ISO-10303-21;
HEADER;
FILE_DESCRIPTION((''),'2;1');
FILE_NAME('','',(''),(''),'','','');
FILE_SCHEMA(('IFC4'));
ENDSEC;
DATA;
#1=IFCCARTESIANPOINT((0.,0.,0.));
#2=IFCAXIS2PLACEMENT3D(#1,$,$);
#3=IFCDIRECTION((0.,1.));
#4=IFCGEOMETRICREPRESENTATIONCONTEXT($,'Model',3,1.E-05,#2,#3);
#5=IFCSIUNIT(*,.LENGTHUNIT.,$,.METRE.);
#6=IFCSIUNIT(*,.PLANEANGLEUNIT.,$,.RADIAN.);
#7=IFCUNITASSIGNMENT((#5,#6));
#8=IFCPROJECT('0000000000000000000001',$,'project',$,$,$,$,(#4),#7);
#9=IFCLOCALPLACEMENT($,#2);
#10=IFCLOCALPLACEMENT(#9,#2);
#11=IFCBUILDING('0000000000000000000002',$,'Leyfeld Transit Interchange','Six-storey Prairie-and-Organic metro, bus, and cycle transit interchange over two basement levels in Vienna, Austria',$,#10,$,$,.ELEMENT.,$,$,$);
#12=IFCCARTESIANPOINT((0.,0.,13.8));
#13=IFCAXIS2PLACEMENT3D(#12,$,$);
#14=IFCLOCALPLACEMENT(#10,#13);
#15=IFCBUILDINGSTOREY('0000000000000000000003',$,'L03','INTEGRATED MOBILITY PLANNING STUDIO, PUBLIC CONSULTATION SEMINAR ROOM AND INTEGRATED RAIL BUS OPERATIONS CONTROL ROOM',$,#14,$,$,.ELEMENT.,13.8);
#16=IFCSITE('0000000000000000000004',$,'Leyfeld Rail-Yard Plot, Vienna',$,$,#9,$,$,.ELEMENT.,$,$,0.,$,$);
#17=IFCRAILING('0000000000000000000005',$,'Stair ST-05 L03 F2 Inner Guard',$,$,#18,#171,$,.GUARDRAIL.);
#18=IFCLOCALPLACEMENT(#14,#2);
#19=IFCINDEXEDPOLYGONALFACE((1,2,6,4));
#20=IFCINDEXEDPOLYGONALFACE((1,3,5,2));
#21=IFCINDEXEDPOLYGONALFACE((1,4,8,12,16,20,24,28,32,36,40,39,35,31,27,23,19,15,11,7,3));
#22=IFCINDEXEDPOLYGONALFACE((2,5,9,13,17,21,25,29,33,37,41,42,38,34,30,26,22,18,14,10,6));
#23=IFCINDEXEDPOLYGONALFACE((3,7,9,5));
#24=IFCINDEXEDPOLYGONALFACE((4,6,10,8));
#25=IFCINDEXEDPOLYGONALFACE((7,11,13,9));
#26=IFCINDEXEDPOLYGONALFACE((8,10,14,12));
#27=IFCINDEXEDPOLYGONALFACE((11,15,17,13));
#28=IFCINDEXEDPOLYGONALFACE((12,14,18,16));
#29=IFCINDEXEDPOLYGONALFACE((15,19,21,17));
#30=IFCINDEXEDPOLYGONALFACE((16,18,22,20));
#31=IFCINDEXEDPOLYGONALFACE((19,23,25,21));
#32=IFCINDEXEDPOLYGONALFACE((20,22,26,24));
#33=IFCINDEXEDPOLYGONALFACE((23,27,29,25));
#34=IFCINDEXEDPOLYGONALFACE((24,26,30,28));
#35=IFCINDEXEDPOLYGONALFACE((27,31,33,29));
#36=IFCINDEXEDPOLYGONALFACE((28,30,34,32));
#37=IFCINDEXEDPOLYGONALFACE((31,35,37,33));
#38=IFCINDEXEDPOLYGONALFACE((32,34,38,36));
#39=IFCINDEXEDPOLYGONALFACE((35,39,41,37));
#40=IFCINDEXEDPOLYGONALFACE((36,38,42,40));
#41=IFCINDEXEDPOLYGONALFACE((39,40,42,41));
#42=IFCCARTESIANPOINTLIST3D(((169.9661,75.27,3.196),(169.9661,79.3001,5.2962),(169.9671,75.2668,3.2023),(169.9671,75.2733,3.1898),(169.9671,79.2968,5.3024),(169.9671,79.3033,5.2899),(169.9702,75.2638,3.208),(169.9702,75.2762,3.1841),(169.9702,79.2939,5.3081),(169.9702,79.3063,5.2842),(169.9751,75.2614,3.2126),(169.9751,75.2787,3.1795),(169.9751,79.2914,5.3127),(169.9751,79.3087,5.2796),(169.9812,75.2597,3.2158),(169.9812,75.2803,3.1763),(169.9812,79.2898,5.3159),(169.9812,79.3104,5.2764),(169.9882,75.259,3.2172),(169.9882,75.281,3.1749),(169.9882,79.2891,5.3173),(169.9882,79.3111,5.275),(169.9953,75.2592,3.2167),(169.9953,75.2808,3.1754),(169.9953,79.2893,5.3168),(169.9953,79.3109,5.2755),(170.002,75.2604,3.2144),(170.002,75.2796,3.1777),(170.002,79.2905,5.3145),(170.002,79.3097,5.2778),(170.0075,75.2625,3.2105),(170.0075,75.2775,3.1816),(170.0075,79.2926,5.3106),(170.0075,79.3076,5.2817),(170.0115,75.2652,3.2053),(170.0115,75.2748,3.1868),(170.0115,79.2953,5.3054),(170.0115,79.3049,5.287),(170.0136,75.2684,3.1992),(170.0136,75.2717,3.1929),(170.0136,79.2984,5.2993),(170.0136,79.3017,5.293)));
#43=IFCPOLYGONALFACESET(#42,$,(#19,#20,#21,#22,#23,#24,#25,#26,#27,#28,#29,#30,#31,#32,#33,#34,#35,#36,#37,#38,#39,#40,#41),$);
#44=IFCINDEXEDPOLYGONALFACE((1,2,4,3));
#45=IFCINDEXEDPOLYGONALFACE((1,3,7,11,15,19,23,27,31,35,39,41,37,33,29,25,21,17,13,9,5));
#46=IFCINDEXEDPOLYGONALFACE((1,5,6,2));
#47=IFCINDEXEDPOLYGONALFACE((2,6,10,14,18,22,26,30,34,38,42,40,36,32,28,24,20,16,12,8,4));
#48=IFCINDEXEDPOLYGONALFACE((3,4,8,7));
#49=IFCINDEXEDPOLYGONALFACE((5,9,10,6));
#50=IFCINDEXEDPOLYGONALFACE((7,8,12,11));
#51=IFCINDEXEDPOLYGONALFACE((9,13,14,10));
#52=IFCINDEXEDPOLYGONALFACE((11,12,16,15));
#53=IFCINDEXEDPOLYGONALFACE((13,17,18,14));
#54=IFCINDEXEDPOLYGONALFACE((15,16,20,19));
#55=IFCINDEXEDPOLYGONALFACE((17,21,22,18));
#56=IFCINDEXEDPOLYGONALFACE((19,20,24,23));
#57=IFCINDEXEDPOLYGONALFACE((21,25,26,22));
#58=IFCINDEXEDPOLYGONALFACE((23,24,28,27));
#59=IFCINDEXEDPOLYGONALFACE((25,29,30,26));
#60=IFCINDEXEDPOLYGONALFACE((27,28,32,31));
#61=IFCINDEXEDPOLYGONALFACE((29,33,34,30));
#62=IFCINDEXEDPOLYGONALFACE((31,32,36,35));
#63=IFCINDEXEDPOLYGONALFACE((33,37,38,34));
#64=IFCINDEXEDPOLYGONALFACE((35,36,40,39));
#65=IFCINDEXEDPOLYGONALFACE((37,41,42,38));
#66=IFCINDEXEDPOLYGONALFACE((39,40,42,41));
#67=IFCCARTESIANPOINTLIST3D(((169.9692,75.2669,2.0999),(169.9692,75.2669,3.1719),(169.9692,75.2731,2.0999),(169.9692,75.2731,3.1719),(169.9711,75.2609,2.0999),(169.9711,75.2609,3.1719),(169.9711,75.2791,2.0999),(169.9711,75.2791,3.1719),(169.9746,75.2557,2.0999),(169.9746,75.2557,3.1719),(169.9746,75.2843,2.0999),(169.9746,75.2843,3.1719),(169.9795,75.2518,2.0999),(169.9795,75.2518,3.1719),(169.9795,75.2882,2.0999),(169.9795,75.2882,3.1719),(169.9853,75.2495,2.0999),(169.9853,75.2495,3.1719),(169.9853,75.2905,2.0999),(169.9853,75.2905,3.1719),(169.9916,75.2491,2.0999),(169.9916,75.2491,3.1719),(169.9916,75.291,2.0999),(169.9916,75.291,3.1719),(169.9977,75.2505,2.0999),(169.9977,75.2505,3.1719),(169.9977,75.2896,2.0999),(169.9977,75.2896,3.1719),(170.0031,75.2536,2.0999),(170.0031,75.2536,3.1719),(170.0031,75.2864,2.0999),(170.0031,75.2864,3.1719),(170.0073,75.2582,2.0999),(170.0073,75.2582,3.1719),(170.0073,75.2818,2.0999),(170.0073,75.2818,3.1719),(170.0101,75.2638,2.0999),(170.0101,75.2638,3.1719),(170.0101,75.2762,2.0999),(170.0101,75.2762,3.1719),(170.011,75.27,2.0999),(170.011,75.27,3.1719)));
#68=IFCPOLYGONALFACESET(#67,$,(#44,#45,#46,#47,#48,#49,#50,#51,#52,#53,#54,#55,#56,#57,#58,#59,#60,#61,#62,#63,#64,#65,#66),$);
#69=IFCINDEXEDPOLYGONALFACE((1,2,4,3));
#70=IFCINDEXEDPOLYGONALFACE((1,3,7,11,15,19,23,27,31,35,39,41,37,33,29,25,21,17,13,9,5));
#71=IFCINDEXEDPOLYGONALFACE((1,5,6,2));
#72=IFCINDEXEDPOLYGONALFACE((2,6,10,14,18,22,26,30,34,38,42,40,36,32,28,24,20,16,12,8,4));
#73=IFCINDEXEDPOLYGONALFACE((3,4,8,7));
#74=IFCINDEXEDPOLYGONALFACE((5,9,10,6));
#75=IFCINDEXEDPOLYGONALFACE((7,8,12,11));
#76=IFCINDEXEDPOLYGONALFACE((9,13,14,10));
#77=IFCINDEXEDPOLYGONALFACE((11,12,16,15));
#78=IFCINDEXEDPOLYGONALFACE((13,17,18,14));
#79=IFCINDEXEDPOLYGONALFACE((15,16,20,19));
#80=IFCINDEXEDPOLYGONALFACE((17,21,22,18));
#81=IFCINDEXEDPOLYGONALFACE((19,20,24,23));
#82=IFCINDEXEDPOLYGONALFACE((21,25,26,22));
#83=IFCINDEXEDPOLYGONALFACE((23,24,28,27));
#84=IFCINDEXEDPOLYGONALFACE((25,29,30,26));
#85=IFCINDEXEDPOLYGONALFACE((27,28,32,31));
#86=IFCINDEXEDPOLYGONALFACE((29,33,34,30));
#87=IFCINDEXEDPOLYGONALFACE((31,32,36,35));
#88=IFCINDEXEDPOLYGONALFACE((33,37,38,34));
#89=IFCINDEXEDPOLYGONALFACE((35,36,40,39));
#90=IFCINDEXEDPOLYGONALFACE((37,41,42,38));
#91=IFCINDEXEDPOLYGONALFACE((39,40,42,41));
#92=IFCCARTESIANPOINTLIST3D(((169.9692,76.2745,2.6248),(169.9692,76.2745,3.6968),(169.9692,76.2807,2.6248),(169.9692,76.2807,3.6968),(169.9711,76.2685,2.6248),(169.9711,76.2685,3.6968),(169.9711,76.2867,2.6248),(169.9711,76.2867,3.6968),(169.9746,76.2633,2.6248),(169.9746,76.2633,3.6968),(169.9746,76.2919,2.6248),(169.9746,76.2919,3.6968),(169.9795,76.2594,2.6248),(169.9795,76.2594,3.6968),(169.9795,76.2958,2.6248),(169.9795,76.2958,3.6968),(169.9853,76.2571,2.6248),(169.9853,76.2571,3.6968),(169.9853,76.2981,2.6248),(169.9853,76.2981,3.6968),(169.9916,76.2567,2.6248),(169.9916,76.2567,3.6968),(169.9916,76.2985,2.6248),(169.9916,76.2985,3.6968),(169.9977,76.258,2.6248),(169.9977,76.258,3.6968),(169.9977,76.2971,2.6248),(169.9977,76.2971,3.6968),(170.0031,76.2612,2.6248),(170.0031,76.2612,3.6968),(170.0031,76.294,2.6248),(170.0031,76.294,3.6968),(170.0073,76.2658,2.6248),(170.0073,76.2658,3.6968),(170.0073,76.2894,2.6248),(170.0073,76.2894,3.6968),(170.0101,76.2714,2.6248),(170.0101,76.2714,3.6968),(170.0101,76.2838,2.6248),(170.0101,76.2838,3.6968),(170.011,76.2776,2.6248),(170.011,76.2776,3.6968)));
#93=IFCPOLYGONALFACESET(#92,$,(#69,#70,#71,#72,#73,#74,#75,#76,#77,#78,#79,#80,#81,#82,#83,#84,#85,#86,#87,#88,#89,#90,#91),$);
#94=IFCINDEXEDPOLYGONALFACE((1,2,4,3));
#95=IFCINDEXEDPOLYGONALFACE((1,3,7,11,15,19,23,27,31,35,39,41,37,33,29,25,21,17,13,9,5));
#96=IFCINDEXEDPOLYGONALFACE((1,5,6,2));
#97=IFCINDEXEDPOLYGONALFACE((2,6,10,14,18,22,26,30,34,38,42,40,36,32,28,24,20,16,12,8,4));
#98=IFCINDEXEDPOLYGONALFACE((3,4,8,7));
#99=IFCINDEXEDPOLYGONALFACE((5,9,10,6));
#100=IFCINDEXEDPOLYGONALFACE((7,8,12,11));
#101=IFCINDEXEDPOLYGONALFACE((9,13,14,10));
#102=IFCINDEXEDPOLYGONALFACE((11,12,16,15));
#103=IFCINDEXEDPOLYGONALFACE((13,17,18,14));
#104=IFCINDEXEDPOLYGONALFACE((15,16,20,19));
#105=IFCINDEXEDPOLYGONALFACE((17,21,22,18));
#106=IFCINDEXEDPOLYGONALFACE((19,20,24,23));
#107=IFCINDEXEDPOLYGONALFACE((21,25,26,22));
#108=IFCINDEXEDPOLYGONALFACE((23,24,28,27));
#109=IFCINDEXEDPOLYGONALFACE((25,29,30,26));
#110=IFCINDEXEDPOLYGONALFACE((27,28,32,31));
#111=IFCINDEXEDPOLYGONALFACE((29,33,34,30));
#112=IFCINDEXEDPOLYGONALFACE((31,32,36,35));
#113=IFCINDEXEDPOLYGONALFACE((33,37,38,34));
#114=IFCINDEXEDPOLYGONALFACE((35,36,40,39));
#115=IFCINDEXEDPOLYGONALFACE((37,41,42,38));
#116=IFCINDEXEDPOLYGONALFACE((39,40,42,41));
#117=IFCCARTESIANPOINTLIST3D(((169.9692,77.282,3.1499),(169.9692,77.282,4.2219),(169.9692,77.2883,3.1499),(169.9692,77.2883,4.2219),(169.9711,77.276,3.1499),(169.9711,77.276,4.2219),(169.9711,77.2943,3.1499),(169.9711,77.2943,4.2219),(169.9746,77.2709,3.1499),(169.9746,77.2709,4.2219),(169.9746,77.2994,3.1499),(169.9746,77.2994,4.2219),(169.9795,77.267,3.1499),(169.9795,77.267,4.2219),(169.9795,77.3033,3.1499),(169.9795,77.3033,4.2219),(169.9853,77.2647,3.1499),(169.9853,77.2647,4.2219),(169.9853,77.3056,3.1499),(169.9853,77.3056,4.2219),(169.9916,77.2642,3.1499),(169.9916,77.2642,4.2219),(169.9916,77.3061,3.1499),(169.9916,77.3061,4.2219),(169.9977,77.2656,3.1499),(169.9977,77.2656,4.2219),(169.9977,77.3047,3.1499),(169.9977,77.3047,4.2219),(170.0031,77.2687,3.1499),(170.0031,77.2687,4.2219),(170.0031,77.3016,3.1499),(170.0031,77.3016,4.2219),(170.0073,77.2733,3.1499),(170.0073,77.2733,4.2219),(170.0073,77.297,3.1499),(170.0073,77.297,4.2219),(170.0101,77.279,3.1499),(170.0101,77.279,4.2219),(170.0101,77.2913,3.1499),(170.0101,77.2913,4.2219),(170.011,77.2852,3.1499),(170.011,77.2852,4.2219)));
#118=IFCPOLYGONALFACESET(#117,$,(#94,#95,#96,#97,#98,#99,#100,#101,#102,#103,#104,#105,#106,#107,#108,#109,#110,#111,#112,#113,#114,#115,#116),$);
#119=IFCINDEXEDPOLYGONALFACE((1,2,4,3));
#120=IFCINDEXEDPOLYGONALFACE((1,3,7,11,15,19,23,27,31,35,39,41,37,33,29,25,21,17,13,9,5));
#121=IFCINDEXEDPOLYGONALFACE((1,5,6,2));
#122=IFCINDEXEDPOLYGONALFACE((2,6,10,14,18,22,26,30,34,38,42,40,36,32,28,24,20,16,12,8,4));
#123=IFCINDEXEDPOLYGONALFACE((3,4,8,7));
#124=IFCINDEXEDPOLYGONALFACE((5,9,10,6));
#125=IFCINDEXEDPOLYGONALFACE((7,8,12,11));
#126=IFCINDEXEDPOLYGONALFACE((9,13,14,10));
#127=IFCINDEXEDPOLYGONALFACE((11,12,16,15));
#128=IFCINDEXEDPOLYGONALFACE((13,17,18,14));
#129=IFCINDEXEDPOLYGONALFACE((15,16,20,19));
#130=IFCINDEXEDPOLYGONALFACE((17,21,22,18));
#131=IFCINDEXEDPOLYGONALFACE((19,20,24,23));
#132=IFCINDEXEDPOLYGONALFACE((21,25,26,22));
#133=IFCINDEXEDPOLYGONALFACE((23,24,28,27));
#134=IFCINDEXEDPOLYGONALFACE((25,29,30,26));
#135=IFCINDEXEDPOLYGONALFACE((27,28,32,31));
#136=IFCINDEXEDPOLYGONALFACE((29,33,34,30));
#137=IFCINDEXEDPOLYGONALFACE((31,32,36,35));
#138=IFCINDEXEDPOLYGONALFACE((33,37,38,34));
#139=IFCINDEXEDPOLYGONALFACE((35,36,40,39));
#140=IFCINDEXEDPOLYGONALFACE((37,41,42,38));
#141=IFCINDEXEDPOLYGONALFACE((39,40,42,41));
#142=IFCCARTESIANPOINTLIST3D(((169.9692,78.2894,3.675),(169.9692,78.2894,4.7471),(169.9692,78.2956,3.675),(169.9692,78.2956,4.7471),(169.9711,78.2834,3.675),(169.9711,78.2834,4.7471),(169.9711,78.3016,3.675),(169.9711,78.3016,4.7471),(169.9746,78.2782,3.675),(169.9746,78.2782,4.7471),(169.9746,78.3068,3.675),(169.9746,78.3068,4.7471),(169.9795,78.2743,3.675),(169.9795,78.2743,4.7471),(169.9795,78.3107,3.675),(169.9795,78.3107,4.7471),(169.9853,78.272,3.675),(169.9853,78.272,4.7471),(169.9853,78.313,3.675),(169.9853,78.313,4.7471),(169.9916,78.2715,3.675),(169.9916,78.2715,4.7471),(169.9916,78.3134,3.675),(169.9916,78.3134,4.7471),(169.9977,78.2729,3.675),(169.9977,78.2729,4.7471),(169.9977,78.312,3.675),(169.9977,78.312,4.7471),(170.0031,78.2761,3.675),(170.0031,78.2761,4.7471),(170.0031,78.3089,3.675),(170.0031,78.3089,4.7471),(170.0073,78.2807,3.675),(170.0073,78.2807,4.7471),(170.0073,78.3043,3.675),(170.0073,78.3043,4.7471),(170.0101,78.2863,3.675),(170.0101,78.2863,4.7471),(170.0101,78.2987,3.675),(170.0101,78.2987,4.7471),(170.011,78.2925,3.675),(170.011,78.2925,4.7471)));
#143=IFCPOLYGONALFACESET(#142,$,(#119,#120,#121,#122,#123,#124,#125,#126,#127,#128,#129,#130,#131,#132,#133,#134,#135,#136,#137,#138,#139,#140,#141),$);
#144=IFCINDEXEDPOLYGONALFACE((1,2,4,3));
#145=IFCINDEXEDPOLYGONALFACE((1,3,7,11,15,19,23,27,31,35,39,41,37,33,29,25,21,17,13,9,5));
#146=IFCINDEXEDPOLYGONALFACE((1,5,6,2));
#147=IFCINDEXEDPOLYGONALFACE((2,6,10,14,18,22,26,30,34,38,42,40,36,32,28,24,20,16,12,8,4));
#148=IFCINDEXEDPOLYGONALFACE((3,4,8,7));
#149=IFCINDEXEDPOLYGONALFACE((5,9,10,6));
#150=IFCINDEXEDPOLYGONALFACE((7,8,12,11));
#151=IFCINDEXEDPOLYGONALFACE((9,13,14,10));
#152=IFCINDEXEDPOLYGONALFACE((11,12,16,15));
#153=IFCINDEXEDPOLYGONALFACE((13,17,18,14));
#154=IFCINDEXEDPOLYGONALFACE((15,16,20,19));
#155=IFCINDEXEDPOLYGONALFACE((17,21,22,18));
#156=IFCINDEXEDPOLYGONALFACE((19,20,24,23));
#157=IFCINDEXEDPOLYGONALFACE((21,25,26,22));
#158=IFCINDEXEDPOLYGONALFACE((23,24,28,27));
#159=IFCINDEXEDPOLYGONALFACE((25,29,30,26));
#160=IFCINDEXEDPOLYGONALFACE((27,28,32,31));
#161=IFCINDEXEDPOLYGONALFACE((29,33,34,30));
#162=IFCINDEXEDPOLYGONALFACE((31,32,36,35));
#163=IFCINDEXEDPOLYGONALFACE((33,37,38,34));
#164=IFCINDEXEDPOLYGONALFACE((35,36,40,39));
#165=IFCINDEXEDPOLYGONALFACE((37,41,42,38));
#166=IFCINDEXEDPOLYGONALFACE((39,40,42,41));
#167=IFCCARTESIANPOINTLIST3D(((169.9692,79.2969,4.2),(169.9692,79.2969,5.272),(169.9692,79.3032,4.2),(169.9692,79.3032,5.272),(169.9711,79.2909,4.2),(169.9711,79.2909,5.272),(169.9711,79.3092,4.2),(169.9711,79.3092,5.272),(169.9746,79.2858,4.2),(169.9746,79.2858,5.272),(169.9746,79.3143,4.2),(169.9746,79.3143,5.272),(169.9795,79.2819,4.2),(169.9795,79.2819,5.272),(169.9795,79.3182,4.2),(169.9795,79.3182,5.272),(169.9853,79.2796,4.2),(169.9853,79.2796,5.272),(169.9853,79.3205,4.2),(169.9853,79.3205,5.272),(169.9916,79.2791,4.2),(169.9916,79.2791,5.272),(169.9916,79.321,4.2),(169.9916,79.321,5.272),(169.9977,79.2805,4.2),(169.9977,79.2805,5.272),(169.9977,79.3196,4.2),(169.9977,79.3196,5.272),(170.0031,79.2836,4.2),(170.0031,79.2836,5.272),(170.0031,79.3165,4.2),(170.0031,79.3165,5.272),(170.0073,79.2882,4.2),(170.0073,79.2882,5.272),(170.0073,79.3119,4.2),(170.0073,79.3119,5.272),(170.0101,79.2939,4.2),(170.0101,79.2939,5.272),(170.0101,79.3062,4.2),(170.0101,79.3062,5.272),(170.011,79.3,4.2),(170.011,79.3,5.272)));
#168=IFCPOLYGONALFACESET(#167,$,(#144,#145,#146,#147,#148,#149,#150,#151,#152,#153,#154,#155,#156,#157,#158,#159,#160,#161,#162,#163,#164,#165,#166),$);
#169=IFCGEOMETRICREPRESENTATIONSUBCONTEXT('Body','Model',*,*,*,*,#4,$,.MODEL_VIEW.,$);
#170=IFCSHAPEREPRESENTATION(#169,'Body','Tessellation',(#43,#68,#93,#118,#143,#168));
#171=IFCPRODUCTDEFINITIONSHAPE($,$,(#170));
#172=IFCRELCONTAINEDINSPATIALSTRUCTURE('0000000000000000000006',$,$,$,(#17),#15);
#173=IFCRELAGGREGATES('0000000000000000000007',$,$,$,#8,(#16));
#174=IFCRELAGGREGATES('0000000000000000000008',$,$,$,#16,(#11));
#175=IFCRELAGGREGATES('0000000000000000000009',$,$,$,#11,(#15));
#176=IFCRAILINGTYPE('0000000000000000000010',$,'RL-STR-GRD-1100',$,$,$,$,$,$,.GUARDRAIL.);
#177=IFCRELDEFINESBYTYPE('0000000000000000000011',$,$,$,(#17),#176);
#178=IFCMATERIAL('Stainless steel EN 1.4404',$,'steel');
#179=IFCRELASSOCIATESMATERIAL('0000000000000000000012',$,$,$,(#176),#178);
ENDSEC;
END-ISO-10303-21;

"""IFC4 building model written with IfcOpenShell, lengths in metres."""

from ifc_helpers import new_model, si_unit, direction, frame, origin, origin_2d, place, context, subcontext, project, spatial, circle, extrude, material, type_object, element, save


model = new_model("IFC4")

# Units and contexts
model_context = context("Model", 3, precision=1e-05, world=origin(), true_north=direction((0.0, 1.0)))
body_context = subcontext(model_context, "Body", "Model", "MODEL_VIEW")
ifc_project = project(units=[si_unit("LENGTHUNIT", "METRE"), si_unit("PLANEANGLEUNIT", "RADIAN")], contexts=[model_context])

# Site, building, storey
site_placement = place(None, origin())
site = spatial("IfcSite", under=ifc_project, at=site_placement, Name="Leyfeld Rail-Yard Plot, Vienna", CompositionType="ELEMENT", RefElevation=0.0)
building_placement = place(site_placement, origin())
building = spatial("IfcBuilding", under=site, at=building_placement, Name="Leyfeld Transit Interchange", Description="Six-storey Prairie-and-Organic metro, bus, and cycle transit interchange over two basement levels in Vienna, Austria", CompositionType="ELEMENT")
storey_placement = place(building_placement, frame((0.0, 0.0, 13.8)))
storey = spatial("IfcBuildingStorey", under=building, at=storey_placement, Name="L03", Description="INTEGRATED MOBILITY PLANNING STUDIO, PUBLIC CONSULTATION SEMINAR ROOM AND INTEGRATED RAIL BUS OPERATIONS CONTROL ROOM", CompositionType="ELEMENT", Elevation=13.8)

# Railing
ifc_material_1 = material(Name="Stainless steel EN 1.4404", Category="steel")
railing_type_1 = type_object("IfcRailingType", Name="RL-STR-GRD-1100", PredefinedType="GUARDRAIL", material=ifc_material_1)
for number, where, name in (
    (1, (169.99, 75.27, 2.0999), "Stair ST-05 L03 F2 Inner Guard"),
):
    element("IfcRailing", number, at=place(storey_placement, frame(where)), inside=storey, type_object=railing_type_1, Name=name, PredefinedType="GUARDRAIL", context=body_context, shape_type="SweptSolid", body=[
        extrude(circle(Radius=0.0239, at=origin_2d()), frame((0.0, 0.0, 1.0962), z_axis=(0.0, 0.886813, 0.462129), x_axis=(-1.0, 0.0, 0.0)), (0.0, 0.0, 1.0), 4.5444),
        extrude(circle(Radius=0.021, at=origin_2d()), origin(), (0.0, 0.0, 1.0), 1.072),
        extrude(circle(Radius=0.021, at=origin_2d()), frame((0.0, 1.0076, 0.5249)), (0.0, 0.0, 1.0), 1.072),
        extrude(circle(Radius=0.021, at=origin_2d()), frame((0.0, 2.0151, 1.05)), (0.0, 0.0, 1.0), 1.072),
        extrude(circle(Radius=0.021, at=origin_2d()), frame((0.0, 3.0225, 1.5752)), (0.0, 0.0, 1.0), 1.072),
        extrude(circle(Radius=0.021, at=origin_2d()), frame((0.0, 4.03, 2.1001)), (0.0, 0.0, 1.0), 1.072),
    ])

save(model, "model.ifc")
